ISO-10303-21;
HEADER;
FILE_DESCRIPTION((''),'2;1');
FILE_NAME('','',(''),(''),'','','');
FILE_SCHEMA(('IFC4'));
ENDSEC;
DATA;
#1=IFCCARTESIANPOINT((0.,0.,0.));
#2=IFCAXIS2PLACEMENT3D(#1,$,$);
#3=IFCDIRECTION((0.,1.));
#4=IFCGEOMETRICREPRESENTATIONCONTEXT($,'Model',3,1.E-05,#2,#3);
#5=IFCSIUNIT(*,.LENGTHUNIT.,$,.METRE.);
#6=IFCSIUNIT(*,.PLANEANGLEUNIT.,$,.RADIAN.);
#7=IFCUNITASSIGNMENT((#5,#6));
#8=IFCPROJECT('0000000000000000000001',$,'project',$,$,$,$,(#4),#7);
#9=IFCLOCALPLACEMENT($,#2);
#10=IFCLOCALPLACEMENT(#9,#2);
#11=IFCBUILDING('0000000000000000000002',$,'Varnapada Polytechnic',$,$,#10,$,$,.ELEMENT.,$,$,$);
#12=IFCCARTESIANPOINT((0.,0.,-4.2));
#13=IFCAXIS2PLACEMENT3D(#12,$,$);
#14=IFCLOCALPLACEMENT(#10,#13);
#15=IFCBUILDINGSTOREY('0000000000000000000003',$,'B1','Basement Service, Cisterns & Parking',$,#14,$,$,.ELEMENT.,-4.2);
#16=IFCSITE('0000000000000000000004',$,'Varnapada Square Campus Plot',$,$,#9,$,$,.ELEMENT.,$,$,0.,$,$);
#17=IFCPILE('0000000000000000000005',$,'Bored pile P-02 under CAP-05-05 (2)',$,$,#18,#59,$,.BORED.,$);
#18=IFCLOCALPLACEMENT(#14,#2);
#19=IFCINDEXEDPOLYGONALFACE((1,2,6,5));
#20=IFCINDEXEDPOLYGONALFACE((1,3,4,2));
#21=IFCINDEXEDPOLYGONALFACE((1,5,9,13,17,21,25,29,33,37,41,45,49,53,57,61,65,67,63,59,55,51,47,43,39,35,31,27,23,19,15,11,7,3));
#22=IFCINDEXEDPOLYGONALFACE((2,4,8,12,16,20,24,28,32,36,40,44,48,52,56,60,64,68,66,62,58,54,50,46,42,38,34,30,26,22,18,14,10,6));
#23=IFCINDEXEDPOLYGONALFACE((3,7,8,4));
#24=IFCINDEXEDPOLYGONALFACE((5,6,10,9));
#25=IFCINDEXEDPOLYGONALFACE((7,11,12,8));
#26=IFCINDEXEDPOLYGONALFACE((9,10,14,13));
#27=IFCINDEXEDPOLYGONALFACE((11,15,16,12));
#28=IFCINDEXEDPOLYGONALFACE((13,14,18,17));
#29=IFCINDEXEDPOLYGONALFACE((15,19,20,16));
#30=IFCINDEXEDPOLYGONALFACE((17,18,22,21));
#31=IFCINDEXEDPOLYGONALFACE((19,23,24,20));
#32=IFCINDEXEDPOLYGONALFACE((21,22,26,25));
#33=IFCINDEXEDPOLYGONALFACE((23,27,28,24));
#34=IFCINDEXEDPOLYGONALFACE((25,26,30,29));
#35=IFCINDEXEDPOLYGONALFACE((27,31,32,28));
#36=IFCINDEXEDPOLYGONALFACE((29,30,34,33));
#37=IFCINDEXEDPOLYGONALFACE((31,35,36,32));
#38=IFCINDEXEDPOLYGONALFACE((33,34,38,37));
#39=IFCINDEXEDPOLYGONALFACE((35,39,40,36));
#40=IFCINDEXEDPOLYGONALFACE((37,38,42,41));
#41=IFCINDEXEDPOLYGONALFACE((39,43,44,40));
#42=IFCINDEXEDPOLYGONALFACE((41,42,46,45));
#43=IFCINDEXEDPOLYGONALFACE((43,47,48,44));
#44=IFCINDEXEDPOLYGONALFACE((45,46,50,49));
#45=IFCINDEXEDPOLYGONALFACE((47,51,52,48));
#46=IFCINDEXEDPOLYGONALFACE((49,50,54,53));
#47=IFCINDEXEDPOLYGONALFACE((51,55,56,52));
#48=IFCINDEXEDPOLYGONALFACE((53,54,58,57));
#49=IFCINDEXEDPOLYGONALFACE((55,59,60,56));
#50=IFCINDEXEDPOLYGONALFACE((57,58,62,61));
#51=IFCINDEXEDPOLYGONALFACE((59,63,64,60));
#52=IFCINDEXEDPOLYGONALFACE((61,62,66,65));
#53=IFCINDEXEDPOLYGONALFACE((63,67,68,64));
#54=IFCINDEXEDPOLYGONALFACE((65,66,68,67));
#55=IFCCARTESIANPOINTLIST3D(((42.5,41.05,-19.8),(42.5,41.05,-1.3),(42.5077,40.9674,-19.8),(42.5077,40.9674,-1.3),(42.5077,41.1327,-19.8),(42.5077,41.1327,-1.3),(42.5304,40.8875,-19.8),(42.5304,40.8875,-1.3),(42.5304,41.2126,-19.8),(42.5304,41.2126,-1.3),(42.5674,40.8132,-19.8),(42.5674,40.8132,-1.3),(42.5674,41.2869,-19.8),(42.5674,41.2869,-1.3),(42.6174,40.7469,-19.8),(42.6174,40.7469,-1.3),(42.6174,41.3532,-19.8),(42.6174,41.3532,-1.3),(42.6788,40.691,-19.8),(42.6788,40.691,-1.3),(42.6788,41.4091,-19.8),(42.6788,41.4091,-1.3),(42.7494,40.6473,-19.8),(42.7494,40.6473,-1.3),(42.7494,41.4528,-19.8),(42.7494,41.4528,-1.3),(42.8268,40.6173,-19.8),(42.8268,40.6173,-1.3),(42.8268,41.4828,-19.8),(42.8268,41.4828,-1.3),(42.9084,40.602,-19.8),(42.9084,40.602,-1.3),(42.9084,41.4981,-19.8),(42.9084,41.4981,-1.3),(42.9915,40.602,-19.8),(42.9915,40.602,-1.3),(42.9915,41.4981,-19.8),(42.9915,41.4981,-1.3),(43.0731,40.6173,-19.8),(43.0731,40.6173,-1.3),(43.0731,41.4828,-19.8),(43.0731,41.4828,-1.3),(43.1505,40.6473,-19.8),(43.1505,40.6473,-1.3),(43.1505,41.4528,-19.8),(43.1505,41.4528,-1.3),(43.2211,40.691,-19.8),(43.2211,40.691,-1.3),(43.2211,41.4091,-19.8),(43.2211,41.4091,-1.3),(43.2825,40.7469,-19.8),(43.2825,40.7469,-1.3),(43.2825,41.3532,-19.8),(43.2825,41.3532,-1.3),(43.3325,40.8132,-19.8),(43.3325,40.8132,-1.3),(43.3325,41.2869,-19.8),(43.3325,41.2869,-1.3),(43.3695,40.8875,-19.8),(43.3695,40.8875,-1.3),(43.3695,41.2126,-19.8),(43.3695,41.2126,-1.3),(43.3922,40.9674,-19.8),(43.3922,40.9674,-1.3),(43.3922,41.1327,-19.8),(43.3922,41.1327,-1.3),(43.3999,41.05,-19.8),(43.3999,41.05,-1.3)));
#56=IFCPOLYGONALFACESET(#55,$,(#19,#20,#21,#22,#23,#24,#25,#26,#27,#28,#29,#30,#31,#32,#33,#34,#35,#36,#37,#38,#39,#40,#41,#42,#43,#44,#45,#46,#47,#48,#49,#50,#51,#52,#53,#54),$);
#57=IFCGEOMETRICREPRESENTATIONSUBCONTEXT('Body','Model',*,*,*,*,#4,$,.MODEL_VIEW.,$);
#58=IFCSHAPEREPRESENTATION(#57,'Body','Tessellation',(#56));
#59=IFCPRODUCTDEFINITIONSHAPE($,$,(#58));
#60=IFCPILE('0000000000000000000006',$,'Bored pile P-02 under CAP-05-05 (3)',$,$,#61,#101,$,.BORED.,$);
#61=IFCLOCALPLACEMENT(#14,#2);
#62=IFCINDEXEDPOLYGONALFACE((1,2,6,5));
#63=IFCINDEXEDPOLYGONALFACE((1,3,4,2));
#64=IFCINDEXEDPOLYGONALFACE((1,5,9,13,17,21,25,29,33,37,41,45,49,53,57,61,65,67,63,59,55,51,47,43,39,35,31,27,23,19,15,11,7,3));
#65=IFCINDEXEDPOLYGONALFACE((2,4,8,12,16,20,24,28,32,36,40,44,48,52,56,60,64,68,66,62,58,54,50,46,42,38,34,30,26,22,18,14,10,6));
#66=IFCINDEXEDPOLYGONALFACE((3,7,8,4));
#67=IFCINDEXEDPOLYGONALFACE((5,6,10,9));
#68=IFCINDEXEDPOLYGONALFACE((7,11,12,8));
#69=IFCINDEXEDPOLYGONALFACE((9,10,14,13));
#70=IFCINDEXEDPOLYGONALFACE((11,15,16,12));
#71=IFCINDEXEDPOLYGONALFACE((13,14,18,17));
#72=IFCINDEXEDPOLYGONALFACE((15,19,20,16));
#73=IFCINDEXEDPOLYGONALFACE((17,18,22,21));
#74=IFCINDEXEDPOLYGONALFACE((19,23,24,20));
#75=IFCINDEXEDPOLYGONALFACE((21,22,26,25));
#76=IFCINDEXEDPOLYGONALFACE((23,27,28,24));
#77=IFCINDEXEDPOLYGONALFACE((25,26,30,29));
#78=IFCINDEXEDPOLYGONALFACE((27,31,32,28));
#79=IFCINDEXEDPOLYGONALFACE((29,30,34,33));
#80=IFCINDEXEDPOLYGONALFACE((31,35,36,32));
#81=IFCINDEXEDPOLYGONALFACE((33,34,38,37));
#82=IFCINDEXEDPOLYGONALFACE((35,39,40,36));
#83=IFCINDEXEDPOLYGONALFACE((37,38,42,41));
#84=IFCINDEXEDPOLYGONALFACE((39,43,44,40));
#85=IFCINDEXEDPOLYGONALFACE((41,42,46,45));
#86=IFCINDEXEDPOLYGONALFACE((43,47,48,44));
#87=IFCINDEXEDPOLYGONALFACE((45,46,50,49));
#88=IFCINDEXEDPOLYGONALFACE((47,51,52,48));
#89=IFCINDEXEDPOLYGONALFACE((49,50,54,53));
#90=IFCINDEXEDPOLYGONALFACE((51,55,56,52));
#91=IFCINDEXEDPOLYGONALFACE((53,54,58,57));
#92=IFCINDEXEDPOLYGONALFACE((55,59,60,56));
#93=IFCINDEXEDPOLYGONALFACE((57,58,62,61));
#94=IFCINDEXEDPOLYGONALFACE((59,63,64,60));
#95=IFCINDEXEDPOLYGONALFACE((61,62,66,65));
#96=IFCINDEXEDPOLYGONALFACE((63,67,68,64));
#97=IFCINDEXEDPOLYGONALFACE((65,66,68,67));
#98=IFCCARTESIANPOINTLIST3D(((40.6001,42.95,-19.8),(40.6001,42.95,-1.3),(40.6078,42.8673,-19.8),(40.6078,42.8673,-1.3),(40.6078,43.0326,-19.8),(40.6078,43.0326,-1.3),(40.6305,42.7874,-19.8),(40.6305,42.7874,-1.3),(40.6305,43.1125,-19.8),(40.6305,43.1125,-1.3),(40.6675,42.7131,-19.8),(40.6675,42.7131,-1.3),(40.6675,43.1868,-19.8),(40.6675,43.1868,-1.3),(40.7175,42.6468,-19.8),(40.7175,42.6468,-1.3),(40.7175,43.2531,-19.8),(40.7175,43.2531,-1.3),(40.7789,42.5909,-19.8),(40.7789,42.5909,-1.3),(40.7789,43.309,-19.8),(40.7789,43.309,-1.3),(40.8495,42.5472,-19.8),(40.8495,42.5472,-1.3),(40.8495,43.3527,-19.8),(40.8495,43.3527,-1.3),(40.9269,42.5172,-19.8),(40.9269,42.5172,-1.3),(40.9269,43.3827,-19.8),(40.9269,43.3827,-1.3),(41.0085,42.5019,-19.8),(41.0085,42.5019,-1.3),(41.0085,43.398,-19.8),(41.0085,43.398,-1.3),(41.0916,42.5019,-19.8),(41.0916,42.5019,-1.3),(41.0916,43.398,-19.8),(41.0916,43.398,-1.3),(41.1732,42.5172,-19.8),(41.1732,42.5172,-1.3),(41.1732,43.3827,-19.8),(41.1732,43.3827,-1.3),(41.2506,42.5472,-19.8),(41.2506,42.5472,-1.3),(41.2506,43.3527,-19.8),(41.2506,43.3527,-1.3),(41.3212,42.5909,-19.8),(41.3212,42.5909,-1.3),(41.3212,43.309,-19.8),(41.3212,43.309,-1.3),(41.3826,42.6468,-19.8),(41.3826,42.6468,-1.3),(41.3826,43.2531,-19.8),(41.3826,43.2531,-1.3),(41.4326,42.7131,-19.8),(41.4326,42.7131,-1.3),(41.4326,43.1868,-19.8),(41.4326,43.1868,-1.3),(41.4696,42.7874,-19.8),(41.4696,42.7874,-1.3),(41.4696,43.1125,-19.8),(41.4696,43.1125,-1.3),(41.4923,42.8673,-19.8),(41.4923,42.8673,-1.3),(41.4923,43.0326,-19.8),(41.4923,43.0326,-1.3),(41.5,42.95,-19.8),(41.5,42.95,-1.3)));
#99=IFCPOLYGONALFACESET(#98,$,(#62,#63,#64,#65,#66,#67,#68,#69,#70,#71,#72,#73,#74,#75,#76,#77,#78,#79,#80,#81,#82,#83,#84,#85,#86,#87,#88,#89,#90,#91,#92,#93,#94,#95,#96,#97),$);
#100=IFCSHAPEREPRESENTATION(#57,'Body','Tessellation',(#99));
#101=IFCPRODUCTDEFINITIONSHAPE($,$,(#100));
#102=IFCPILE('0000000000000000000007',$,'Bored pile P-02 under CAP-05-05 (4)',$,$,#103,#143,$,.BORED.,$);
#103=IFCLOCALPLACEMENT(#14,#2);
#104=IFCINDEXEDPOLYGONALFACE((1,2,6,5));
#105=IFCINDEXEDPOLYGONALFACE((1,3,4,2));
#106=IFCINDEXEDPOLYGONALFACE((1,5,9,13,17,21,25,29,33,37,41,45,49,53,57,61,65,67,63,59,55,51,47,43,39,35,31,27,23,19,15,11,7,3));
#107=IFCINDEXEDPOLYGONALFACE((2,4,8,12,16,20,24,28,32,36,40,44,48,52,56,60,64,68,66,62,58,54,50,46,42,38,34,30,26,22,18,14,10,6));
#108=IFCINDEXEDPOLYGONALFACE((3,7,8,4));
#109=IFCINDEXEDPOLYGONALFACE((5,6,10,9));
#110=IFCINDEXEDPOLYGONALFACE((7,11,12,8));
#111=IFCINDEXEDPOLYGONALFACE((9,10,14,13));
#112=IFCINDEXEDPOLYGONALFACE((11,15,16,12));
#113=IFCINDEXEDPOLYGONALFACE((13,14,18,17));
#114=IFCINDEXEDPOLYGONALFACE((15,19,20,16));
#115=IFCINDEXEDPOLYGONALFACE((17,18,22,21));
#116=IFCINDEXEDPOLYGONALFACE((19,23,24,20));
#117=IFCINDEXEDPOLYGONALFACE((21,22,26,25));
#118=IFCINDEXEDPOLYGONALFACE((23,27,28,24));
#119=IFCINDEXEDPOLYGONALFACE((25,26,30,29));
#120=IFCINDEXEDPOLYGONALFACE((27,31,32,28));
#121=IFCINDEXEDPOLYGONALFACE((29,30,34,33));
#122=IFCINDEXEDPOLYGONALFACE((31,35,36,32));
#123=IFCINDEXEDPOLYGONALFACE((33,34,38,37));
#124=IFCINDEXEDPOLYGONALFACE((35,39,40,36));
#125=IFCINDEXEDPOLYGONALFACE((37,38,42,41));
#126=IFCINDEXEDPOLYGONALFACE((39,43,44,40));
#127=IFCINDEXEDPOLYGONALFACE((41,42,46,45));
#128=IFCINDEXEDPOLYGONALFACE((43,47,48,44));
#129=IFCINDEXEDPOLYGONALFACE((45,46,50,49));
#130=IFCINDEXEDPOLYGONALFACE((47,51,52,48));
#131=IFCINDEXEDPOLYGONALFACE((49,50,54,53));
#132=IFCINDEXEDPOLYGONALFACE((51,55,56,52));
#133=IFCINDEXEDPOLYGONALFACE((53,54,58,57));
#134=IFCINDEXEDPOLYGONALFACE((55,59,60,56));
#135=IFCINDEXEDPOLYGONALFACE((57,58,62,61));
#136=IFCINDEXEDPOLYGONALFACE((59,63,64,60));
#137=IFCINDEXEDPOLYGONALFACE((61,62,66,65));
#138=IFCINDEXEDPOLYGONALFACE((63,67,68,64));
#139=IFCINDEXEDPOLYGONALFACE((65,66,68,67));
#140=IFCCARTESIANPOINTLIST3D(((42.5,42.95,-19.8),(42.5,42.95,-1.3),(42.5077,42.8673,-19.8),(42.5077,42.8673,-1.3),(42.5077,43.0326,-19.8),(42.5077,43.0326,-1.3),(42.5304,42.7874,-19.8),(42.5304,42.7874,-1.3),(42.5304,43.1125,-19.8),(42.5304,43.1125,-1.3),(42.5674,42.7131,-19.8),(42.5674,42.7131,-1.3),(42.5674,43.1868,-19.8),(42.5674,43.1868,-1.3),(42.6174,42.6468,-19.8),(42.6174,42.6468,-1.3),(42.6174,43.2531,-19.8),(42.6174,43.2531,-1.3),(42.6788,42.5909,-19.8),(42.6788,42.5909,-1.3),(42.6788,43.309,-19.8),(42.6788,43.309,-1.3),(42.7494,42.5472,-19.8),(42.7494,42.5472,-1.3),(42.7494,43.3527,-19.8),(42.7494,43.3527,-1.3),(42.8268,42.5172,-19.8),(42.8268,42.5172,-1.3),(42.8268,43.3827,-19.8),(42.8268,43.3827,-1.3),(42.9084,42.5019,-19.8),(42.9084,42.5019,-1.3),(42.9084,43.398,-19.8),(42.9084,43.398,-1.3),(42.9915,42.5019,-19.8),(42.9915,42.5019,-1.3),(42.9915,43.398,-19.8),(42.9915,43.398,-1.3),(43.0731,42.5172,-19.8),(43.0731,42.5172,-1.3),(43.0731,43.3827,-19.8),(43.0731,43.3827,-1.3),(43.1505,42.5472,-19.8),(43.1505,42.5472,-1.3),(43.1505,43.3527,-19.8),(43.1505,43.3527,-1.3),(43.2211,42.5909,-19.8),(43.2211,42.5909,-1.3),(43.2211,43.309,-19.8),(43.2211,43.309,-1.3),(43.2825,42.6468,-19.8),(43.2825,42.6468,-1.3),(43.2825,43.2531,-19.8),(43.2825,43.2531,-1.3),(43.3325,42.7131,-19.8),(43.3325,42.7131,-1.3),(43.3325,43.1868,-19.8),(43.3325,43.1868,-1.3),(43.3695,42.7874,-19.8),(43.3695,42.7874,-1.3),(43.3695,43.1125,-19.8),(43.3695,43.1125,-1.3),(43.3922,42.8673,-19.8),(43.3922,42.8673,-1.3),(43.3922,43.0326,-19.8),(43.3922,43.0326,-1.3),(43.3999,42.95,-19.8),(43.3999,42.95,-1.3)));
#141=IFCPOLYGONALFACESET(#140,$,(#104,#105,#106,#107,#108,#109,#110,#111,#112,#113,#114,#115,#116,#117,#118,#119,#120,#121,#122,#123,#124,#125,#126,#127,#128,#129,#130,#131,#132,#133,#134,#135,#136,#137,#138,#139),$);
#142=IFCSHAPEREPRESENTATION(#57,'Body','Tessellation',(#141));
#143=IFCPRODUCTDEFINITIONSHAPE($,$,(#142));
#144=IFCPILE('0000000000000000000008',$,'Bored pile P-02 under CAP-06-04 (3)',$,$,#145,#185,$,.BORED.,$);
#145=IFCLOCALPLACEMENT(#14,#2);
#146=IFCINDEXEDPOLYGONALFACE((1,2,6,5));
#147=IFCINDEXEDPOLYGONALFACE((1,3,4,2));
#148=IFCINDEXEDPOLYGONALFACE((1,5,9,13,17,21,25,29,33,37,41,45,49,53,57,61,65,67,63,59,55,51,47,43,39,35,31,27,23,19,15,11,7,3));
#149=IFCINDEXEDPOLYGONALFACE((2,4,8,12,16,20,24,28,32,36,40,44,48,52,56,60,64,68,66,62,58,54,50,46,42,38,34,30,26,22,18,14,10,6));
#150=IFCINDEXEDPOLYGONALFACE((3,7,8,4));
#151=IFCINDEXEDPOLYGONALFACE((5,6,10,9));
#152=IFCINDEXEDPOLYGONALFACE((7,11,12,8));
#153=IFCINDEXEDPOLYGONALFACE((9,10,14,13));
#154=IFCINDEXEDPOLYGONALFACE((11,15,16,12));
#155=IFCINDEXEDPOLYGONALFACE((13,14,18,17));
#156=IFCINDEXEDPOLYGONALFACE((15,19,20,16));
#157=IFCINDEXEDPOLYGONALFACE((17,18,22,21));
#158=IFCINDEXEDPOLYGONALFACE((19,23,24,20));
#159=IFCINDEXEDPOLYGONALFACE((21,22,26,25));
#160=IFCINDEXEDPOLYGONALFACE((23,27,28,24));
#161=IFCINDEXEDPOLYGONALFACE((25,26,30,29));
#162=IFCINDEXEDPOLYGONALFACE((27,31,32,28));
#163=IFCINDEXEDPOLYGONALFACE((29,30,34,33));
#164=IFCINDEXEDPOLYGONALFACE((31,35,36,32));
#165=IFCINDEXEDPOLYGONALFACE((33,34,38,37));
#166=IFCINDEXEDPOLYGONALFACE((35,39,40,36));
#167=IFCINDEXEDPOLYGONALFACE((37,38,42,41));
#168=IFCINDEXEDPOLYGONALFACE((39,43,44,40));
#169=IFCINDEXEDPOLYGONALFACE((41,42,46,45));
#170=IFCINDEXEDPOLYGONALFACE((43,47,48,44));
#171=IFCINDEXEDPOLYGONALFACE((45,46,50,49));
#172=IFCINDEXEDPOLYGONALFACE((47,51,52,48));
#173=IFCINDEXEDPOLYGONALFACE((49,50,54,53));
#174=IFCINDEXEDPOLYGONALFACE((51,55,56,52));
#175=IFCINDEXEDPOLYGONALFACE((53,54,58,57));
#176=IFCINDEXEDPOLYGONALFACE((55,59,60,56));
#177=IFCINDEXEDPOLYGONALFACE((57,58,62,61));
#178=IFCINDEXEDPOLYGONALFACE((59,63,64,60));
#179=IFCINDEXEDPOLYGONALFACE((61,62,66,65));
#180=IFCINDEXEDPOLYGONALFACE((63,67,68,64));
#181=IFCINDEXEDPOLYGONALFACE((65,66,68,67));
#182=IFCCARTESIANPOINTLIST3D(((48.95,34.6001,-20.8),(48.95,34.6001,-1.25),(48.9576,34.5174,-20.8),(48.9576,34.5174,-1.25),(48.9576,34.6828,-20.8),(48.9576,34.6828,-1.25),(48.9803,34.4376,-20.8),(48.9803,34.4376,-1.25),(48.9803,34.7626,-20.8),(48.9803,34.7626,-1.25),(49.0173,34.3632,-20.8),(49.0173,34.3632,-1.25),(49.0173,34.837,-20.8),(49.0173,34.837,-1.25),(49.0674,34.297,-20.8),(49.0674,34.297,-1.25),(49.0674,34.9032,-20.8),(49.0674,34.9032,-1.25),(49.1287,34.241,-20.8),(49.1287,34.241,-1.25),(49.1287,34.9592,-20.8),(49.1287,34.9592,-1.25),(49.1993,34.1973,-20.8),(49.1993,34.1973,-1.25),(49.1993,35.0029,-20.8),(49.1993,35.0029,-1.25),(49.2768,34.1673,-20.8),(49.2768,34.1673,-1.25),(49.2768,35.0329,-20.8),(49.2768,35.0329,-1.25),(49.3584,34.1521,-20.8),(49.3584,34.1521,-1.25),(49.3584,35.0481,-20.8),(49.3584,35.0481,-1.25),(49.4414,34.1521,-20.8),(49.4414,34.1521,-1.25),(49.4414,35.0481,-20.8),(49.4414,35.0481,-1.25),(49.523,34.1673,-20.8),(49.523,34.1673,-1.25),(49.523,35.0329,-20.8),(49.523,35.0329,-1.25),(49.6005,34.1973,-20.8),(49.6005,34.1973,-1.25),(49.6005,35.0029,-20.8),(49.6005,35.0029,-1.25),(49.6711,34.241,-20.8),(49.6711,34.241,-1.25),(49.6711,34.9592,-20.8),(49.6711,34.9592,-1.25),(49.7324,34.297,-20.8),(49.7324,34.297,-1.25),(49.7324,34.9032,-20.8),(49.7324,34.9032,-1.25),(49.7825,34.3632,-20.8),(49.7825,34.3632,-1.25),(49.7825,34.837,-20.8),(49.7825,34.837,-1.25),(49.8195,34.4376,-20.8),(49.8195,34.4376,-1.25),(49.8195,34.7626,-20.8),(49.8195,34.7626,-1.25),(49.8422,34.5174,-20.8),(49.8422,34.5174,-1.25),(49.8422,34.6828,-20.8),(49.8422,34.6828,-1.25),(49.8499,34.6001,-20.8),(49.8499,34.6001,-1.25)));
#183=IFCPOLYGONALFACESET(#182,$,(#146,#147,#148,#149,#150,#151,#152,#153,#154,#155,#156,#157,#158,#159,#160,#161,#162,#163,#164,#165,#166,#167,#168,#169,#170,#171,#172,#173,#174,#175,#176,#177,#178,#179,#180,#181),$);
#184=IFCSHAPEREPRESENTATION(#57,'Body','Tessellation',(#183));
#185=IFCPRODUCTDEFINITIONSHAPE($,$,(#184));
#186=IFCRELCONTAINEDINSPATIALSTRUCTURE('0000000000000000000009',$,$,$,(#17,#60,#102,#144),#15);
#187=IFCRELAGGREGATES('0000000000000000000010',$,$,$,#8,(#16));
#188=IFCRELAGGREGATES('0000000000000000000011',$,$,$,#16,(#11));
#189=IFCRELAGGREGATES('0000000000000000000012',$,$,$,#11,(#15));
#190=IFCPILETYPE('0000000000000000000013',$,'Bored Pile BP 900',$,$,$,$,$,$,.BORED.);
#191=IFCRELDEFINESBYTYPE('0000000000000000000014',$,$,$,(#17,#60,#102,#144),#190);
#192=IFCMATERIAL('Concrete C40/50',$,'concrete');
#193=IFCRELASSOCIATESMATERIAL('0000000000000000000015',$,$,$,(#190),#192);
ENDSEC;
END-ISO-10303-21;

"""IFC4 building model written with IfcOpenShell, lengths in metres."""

from ifc_helpers import new_model, si_unit, direction, frame, origin, origin_2d, place, context, subcontext, project, spatial, circle, extrude, material, material_profile, profile_set, type_object, element, save


model = new_model("IFC4")

# Units and contexts
model_context = context("Model", 3, precision=1e-05, world=origin(), true_north=direction((0.0, 1.0)))
body_context = subcontext(model_context, "Body", "Model", "MODEL_VIEW")
ifc_project = project(units=[si_unit("LENGTHUNIT", "METRE"), si_unit("PLANEANGLEUNIT", "RADIAN")], contexts=[model_context])

# Site, building, storey
site_placement = place(None, origin())
site = spatial("IfcSite", under=ifc_project, at=site_placement, Name="Varnapada Square Campus Plot", CompositionType="ELEMENT", RefElevation=0.0)
building_placement = place(site_placement, origin())
building = spatial("IfcBuilding", under=site, at=building_placement, Name="Varnapada Polytechnic", CompositionType="ELEMENT")
storey_placement = place(building_placement, frame((0.0, 0.0, -4.2)))
storey = spatial("IfcBuildingStorey", under=building, at=storey_placement, Name="B1", Description="Basement Service, Cisterns & Parking", CompositionType="ELEMENT", Elevation=-4.2)

# Piles
ifc_material_1 = material(Name="Concrete C40/50", Category="concrete")
ifc_material_profile_1 = material_profile(ifc_material_1, circle(Radius=0.45, at=origin_2d()), Name="BP 900")
ifc_profile_set_1 = profile_set([ifc_material_profile_1], Name="Concrete C40/50")
pile_type_1 = type_object("IfcPileType", Name="Bored Pile BP 900", PredefinedType="BORED", material=ifc_profile_set_1)
for number, where, z_axis, x_axis, name in (
    (1, (42.95, 41.05, -1.3), (0.0, 0.0, -1.0), (1.0, 0.0, 0.0), "Bored pile P-02 under CAP-05-05 (2)"),
    (2, (41.05, 42.95, -1.3), (0.0, 0.0, -1.0), (1.0, 0.0, 0.0), "Bored pile P-02 under CAP-05-05 (3)"),
    (3, (42.95, 42.95, -1.3), (0.0, 0.0, -1.0), (1.0, 0.0, 0.0), "Bored pile P-02 under CAP-05-05 (4)"),
):
    element("IfcPile", number, at=place(storey_placement, frame(where, z_axis=z_axis, x_axis=x_axis)), inside=storey, type_object=pile_type_1, Name=name, PredefinedType="BORED", context=body_context, shape_type="SweptSolid", body=[
        extrude(circle(Radius=0.45, at=origin_2d()), origin(), (0.0, 0.0, 1.0), 18.5),
    ])
pile_1_placement = place(storey_placement, frame((49.3999, 34.6001, -1.25), z_axis=(0.0, 0.0, -1.0), x_axis=(1.0, 0.0, 0.0)))
element("IfcPile", 4, at=pile_1_placement, inside=storey, type_object=pile_type_1, Name="Bored pile P-02 under CAP-06-04 (3)", PredefinedType="BORED", context=body_context, shape_type="SweptSolid", body=[
    extrude(circle(Radius=0.45, at=origin_2d()), origin(), (0.0, 0.0, 1.0), 19.55),
])

save(model, "model.ifc")
